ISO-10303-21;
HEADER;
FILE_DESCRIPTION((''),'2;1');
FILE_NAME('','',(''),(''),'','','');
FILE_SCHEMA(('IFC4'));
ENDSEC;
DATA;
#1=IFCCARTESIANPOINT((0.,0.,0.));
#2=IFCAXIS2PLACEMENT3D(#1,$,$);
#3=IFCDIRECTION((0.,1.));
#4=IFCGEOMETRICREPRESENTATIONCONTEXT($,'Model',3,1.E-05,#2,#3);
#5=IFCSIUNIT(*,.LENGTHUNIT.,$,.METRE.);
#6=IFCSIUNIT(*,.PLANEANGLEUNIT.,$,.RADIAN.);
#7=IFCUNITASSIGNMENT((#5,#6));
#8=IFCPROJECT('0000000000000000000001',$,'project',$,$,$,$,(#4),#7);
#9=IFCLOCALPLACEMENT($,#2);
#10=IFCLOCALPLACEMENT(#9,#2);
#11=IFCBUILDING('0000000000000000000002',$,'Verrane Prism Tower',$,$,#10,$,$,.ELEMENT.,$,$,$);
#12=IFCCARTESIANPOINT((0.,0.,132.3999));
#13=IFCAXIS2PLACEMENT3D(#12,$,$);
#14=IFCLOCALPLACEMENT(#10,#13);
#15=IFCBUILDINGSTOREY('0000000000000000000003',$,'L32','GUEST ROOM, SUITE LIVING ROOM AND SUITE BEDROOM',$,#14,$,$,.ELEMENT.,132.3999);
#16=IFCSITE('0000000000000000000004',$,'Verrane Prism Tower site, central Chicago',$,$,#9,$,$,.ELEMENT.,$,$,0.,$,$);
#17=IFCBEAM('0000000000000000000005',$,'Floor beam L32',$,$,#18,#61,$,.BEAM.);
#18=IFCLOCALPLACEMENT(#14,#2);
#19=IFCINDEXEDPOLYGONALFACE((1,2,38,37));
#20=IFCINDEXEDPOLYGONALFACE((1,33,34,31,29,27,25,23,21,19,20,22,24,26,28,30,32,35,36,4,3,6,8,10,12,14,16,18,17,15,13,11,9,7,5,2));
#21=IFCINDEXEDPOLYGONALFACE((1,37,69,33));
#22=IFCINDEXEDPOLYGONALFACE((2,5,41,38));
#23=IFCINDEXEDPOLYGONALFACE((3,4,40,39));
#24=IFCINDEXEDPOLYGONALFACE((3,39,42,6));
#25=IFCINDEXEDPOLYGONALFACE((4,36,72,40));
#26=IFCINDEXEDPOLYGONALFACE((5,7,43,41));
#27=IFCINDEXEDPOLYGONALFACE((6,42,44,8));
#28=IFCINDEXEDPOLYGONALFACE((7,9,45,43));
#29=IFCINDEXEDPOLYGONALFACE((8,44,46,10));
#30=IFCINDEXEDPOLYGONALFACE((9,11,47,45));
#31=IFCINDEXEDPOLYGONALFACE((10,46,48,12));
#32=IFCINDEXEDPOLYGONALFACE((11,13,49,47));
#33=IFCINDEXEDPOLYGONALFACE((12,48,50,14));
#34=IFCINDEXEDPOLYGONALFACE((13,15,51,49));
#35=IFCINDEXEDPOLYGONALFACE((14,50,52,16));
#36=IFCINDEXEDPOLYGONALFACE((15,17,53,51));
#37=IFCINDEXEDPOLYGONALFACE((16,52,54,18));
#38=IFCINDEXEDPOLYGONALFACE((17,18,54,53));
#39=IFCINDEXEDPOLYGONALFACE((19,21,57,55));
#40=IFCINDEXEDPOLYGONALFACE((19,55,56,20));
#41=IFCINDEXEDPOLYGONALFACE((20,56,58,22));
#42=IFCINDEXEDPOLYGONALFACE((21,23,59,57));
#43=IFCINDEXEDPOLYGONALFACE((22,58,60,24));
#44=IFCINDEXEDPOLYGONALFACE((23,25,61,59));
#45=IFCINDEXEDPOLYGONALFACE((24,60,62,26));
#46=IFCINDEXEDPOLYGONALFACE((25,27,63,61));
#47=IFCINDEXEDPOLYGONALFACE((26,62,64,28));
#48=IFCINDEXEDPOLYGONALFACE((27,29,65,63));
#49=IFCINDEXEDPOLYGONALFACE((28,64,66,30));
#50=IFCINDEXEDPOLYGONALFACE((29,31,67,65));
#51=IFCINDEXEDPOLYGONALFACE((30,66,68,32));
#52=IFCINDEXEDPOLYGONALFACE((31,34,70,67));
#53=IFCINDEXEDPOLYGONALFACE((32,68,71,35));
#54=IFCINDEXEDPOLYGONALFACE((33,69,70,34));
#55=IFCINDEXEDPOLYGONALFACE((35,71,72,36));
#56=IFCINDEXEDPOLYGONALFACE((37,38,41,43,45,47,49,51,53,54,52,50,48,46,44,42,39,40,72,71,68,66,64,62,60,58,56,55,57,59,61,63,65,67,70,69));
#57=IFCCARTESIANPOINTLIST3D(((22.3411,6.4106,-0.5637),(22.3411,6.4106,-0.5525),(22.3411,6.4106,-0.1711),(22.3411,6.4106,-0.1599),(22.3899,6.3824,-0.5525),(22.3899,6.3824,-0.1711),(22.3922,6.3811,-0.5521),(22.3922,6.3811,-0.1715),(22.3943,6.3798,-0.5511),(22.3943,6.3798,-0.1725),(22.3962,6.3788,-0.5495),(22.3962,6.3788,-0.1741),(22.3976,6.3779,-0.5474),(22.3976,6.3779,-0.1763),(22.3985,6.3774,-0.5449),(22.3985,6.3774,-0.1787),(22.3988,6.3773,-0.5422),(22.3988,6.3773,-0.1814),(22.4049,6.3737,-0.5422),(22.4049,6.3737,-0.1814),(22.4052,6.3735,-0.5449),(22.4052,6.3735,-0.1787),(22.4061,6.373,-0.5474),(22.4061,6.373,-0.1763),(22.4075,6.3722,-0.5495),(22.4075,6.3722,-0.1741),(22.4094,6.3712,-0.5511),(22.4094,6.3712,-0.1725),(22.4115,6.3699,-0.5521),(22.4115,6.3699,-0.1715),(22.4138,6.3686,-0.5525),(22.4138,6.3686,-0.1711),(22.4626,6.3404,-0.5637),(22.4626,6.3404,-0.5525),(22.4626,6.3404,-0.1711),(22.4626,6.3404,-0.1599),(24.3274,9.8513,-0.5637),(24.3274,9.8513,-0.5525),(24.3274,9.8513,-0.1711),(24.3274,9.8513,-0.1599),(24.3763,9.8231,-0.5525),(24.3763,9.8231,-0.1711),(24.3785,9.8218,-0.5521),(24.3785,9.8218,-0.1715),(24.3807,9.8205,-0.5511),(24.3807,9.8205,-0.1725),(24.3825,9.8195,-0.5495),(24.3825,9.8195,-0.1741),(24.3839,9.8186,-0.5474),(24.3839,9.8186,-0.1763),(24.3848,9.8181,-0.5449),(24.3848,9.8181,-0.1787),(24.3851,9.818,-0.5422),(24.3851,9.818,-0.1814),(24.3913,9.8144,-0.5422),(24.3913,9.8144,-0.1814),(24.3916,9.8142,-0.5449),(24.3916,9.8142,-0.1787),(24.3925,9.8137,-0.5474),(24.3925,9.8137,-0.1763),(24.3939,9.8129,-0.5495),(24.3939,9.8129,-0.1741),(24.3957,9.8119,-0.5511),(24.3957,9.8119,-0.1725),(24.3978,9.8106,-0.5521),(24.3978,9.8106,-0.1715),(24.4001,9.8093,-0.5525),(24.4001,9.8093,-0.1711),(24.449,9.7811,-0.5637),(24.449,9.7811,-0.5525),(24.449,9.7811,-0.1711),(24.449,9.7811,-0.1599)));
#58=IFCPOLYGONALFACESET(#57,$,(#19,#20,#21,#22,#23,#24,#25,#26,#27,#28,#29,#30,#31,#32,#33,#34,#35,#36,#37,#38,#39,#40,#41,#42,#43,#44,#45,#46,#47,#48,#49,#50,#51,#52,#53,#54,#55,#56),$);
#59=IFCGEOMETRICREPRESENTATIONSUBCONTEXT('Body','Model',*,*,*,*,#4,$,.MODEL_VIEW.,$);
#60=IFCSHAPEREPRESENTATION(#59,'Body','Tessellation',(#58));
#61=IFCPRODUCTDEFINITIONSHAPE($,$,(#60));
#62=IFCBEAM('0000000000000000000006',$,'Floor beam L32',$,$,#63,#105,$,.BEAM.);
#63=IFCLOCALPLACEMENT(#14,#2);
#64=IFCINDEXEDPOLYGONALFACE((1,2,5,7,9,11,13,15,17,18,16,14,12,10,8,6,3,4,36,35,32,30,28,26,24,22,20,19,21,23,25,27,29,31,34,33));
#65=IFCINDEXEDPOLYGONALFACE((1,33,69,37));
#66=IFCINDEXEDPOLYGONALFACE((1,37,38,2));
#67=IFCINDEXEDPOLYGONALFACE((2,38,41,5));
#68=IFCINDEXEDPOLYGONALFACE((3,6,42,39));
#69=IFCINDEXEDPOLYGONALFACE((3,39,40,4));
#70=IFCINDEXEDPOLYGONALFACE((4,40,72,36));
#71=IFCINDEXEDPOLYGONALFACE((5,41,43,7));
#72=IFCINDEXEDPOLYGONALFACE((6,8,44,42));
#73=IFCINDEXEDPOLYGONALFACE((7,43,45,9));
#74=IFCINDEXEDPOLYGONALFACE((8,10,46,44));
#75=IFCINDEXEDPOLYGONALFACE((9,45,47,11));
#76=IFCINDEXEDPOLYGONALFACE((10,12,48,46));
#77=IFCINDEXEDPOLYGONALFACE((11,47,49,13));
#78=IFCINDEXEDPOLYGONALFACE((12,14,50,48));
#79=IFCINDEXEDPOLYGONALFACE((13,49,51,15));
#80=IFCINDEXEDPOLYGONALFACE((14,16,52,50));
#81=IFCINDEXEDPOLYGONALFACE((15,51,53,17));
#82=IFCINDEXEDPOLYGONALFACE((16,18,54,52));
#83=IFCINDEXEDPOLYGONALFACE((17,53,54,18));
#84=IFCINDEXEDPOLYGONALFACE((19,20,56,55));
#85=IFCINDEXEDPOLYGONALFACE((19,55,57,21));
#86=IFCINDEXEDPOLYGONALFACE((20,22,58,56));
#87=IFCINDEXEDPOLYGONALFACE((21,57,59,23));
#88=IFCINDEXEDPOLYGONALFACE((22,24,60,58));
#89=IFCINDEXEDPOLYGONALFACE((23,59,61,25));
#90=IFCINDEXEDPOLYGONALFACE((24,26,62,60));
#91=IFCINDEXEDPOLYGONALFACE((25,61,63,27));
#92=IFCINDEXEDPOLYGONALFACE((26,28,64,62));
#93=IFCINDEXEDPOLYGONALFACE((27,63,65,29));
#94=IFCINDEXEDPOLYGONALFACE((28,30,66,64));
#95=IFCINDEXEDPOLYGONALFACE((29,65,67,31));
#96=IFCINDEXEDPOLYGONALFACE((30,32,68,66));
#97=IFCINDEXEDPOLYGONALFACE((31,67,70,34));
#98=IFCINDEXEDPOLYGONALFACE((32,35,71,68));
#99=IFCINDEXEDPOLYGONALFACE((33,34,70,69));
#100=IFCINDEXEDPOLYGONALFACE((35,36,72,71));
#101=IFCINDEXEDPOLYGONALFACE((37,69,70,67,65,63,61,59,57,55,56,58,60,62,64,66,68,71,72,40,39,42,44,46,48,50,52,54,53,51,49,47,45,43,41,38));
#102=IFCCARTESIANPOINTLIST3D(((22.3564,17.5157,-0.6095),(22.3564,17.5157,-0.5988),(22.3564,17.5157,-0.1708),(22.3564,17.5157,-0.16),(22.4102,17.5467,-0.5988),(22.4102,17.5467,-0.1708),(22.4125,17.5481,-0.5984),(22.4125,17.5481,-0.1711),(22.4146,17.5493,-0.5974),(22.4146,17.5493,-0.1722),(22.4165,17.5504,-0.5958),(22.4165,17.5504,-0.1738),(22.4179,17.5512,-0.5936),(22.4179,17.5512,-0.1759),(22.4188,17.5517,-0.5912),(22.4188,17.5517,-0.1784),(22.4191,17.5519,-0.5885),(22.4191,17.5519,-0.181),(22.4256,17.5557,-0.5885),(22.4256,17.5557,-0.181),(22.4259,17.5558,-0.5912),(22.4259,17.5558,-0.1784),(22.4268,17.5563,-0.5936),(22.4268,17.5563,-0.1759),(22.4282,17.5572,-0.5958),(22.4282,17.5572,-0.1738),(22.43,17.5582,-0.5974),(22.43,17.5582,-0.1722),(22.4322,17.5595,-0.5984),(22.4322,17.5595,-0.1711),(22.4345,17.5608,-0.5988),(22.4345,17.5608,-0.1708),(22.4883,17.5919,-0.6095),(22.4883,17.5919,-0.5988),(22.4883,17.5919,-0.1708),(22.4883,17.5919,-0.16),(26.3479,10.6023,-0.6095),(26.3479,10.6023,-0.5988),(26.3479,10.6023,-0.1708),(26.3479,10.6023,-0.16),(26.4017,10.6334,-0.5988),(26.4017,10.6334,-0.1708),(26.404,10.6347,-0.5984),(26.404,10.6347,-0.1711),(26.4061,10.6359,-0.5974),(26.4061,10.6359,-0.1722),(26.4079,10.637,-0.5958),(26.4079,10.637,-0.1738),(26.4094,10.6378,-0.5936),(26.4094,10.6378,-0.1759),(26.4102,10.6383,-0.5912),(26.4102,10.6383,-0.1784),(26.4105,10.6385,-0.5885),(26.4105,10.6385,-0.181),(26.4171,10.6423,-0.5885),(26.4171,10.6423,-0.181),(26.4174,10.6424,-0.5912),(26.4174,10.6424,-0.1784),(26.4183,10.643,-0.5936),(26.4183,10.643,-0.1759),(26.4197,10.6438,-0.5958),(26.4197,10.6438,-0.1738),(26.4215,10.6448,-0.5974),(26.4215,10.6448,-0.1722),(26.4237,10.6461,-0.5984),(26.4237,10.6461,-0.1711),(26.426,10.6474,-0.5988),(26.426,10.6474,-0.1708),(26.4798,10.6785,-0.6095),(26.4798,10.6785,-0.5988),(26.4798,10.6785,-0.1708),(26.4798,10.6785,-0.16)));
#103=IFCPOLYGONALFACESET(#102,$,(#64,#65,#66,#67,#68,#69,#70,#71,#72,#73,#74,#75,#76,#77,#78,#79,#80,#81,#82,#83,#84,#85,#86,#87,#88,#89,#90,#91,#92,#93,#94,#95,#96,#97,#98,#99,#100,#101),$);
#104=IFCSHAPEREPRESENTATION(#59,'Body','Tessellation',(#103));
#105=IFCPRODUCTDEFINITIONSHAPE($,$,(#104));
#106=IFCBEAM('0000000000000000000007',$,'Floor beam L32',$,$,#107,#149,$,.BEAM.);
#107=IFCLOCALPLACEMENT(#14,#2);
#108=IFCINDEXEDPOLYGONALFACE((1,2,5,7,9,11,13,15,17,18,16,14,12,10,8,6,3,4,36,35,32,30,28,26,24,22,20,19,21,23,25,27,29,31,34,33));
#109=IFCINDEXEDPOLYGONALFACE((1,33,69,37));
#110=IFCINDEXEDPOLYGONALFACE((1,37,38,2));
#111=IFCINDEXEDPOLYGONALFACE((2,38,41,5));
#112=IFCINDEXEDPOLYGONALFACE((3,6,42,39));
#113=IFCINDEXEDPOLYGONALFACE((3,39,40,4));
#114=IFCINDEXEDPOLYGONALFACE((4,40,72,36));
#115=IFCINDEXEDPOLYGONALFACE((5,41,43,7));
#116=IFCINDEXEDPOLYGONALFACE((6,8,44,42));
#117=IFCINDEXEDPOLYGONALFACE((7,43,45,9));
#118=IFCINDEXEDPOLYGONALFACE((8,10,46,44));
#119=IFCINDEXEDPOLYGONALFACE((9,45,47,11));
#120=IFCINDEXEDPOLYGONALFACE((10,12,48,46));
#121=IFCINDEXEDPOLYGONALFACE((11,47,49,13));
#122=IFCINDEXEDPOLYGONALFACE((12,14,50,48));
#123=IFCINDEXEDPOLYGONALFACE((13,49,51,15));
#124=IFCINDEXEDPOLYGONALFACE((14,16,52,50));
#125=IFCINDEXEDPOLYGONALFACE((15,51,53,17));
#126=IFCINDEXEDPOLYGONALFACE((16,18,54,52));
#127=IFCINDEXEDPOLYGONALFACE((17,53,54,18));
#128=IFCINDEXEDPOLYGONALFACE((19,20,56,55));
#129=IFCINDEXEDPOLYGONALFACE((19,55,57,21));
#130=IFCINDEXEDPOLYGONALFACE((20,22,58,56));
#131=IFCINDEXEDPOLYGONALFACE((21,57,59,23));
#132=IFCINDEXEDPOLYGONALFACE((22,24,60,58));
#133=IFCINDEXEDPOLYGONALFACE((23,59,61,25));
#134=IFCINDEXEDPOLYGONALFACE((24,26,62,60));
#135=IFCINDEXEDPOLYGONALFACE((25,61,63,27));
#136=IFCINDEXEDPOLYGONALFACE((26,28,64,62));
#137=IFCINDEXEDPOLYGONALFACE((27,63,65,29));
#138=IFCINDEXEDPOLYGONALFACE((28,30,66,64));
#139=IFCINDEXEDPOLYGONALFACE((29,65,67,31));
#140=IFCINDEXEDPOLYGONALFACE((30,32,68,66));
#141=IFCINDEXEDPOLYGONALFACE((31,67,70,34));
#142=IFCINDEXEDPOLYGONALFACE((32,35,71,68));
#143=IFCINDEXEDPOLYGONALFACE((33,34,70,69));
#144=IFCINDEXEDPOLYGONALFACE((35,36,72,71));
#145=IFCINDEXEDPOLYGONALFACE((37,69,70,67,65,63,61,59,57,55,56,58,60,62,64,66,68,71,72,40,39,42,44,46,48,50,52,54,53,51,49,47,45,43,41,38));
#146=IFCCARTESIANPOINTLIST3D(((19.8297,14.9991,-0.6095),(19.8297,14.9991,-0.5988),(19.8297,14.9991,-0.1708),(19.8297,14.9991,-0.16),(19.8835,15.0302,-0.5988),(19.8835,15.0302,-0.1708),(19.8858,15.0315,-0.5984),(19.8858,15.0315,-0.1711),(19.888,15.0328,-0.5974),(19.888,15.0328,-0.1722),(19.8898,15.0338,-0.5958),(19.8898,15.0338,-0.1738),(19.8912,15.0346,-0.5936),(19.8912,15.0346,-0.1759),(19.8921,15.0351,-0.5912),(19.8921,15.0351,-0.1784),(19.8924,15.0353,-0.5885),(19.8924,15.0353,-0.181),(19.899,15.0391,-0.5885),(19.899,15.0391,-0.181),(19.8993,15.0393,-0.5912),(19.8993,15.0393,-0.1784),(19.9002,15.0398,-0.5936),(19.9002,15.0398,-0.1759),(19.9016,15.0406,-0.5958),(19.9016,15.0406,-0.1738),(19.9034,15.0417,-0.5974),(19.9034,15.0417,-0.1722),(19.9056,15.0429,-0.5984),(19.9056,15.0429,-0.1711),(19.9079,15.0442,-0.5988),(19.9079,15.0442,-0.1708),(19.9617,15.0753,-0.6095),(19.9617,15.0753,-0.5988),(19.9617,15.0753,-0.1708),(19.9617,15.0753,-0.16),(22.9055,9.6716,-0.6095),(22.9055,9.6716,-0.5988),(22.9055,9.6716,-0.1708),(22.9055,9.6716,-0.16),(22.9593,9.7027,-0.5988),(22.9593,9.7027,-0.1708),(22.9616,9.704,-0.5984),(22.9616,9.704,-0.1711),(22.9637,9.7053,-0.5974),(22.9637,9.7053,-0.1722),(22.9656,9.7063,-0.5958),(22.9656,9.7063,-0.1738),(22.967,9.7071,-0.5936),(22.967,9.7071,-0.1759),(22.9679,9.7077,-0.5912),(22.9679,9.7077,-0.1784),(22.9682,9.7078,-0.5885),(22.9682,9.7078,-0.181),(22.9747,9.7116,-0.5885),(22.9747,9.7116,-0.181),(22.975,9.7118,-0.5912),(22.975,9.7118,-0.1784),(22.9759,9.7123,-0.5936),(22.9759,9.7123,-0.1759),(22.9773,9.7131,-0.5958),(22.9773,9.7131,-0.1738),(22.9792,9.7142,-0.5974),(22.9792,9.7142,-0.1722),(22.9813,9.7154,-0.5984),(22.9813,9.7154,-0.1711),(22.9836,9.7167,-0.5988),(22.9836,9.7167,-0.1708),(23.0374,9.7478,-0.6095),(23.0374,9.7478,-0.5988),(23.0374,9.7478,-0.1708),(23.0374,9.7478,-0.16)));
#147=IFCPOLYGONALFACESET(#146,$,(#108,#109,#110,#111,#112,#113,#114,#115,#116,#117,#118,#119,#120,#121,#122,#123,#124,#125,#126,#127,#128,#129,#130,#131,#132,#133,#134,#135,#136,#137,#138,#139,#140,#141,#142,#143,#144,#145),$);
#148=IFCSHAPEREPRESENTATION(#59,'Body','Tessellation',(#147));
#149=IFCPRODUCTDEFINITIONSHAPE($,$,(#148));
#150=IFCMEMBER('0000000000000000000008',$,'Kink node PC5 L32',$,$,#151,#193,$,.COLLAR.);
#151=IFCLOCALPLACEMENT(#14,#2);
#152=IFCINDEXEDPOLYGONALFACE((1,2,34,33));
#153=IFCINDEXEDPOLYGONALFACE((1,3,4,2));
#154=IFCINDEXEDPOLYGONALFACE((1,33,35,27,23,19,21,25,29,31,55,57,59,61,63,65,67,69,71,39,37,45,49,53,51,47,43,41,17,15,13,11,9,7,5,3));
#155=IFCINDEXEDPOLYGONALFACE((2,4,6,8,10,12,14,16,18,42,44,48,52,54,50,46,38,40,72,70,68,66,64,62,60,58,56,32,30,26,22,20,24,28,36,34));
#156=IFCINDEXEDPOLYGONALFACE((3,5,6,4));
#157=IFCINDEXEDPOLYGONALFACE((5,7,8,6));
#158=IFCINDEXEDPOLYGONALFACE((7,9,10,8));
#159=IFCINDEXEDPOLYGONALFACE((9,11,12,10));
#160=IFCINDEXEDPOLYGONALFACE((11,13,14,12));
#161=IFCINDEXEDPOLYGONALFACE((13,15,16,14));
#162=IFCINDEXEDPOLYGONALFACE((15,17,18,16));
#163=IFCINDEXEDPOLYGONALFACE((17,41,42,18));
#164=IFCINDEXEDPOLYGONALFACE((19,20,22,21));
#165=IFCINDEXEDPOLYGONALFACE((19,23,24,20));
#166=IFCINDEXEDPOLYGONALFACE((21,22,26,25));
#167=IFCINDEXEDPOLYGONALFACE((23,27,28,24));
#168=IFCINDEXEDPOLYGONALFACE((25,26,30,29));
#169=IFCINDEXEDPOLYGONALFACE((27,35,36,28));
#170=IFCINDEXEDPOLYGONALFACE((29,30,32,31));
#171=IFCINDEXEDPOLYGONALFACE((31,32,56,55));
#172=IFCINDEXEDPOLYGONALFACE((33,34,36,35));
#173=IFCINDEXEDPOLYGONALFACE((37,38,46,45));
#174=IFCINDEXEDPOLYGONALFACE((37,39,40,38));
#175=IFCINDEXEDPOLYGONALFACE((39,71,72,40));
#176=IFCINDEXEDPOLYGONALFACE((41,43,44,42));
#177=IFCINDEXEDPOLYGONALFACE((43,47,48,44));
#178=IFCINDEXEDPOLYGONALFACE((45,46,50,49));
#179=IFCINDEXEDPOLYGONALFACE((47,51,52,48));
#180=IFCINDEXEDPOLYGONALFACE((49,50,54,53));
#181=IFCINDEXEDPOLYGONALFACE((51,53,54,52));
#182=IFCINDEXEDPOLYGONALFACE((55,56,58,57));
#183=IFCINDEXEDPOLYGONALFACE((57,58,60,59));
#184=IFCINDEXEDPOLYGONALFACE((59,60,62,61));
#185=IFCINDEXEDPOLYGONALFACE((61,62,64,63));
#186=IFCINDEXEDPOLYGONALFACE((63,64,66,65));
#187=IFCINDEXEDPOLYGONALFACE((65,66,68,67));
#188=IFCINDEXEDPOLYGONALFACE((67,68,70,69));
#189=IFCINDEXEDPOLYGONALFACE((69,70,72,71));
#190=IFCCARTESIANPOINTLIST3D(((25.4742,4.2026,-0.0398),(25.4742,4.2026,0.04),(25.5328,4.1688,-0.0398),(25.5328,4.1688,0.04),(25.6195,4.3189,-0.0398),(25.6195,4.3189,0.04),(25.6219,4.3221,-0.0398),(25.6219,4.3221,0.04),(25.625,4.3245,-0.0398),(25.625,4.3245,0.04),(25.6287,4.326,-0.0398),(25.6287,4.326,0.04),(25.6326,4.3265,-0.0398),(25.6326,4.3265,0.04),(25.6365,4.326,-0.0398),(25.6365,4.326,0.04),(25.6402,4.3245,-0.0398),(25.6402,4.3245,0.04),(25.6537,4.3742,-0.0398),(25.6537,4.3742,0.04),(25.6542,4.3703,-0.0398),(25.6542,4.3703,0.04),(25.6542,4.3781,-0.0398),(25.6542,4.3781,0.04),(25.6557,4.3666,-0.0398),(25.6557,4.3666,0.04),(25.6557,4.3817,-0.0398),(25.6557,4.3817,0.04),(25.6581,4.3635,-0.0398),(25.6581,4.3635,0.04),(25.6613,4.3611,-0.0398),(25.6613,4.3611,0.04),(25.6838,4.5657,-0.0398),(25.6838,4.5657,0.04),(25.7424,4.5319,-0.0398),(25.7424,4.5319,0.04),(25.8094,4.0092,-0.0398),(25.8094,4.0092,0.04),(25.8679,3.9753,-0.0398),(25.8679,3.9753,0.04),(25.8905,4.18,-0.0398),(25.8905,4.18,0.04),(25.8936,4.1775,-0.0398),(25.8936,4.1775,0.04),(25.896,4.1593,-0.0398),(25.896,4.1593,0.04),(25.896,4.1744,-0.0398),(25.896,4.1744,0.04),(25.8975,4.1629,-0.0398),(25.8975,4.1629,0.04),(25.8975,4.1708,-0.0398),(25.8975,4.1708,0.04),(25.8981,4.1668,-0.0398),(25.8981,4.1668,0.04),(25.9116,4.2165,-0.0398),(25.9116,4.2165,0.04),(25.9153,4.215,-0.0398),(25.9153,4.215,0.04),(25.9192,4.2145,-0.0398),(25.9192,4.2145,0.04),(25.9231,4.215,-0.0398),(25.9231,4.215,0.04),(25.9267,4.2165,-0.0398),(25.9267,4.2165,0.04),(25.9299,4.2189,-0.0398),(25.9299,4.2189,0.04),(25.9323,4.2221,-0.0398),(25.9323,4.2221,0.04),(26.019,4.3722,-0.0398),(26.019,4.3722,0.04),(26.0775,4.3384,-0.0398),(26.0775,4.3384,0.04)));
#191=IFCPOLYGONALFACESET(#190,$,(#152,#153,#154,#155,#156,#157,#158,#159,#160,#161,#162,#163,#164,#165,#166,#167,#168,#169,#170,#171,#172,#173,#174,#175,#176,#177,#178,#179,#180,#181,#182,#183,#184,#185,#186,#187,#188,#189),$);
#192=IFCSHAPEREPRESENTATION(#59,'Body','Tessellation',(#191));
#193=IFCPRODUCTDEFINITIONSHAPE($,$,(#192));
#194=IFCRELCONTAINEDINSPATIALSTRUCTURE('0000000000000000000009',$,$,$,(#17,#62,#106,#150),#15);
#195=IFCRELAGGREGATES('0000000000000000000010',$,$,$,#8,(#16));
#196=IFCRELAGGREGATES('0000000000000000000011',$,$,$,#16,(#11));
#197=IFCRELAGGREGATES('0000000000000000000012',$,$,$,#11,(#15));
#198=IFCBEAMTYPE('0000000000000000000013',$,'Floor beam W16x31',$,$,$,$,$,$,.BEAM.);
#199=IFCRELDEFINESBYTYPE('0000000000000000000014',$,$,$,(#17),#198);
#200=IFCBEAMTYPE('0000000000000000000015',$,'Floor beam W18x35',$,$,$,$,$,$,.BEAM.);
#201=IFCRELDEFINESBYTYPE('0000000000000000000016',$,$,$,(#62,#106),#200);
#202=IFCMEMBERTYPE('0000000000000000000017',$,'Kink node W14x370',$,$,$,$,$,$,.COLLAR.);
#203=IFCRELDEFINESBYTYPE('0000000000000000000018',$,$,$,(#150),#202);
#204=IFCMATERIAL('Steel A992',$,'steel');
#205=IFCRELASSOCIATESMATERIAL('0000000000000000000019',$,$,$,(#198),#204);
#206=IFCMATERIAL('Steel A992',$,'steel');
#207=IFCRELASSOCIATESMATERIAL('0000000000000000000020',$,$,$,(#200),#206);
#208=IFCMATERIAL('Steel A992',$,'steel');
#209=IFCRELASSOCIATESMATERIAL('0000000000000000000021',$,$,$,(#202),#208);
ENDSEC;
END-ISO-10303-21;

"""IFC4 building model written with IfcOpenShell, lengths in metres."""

from ifc_helpers import new_model, si_unit, direction, frame, origin, origin_2d, place, context, subcontext, project, spatial, i_section, extrude, material, material_profile, profile_set, type_object, element, save


model = new_model("IFC4")

# Units and contexts
model_context = context("Model", 3, precision=1e-05, world=origin(), true_north=direction((0.0, 1.0)))
body_context = subcontext(model_context, "Body", "Model", "MODEL_VIEW")
ifc_project = project(units=[si_unit("LENGTHUNIT", "METRE"), si_unit("PLANEANGLEUNIT", "RADIAN")], contexts=[model_context])

# Site, building, storey
site_placement = place(None, origin())
site = spatial("IfcSite", under=ifc_project, at=site_placement, Name="Verrane Prism Tower site, central Chicago", CompositionType="ELEMENT", RefElevation=0.0)
building_placement = place(site_placement, origin())
building = spatial("IfcBuilding", under=site, at=building_placement, Name="Verrane Prism Tower", CompositionType="ELEMENT")
storey_placement = place(building_placement, frame((0.0, 0.0, 132.3999)))
storey = spatial("IfcBuildingStorey", under=building, at=storey_placement, Name="L32", Description="GUEST ROOM, SUITE LIVING ROOM AND SUITE BEDROOM", CompositionType="ELEMENT", Elevation=132.3999)

# Beams
ifc_material_1 = material(Name="Steel A992", Category="steel")
ifc_material_profile_1 = material_profile(ifc_material_1, i_section(OverallWidth=0.1404, OverallDepth=0.4038, WebThickness=0.0071, FlangeThickness=0.0112, FilletRadius=0.0103, at=origin_2d()), Name="W16x31")
ifc_profile_set_1 = profile_set([ifc_material_profile_1], Name="Steel A992")
beam_type_1 = type_object("IfcBeamType", Name="Floor beam W16x31", PredefinedType="BEAM", material=ifc_profile_set_1)
beam_1_placement = place(storey_placement, frame((22.4019, 6.3755, -0.3618), z_axis=(0.499972, 0.866041, 0.0), x_axis=(-0.866041, 0.499972, 0.0)))
element("IfcBeam", 1, at=beam_1_placement, inside=storey, type_object=beam_type_1, Name="Floor beam L32", PredefinedType="BEAM", context=body_context, shape_type="SweptSolid", body=[
    extrude(i_section(OverallWidth=0.1404, OverallDepth=0.4038, WebThickness=0.0071, FlangeThickness=0.0112, FilletRadius=0.0103, at=origin_2d()), origin(), (0.0, 0.0, 1.0), 3.9729),
])
ifc_material_2 = material(Name="Steel A992", Category="steel")
ifc_material_profile_2 = material_profile(ifc_material_2, i_section(OverallWidth=0.1523, OverallDepth=0.4495, WebThickness=0.0076, FlangeThickness=0.0107, FilletRadius=0.0103, at=origin_2d()), Name="W18x35")
ifc_profile_set_2 = profile_set([ifc_material_profile_2], Name="Steel A992")
beam_type_2 = type_object("IfcBeamType", Name="Floor beam W18x35", PredefinedType="BEAM", material=ifc_profile_set_2)
beam_2_placement = place(storey_placement, frame((26.4138, 10.6404, -0.3848), z_axis=(-0.500004, 0.866023, 0.0), x_axis=(-0.866023, -0.500004, 0.0)))
element("IfcBeam", 2, at=beam_2_placement, inside=storey, type_object=beam_type_2, Name="Floor beam L32", PredefinedType="BEAM", context=body_context, shape_type="SweptSolid", body=[
    extrude(i_section(OverallWidth=0.1523, OverallDepth=0.4495, WebThickness=0.0076, FlangeThickness=0.0107, FilletRadius=0.0103, at=origin_2d()), origin(), (0.0, 0.0, 1.0), 7.9829),
])
beam_3_placement = place(storey_placement, frame((22.9714, 9.7097, -0.3848), z_axis=(-0.499989, 0.866032, 0.0), x_axis=(-0.866032, -0.499989, 0.0)))
element("IfcBeam", 3, at=beam_3_placement, inside=storey, type_object=beam_type_2, Name="Floor beam L32", PredefinedType="BEAM", context=body_context, shape_type="SweptSolid", body=[
    extrude(i_section(OverallWidth=0.1523, OverallDepth=0.4495, WebThickness=0.0076, FlangeThickness=0.0107, FilletRadius=0.0103, at=origin_2d()), origin(), (0.0, 0.0, 1.0), 6.1516),
])

# Member
ifc_material_3 = material(Name="Steel A992", Category="steel")
ifc_material_profile_3 = material_profile(ifc_material_3, i_section(OverallWidth=0.4192, OverallDepth=0.4546, WebThickness=0.0422, FlangeThickness=0.0676, FilletRadius=0.0151, at=origin_2d()), Name="W14x370")
ifc_profile_set_3 = profile_set([ifc_material_profile_3], Name="Steel A992")
member_type_1 = type_object("IfcMemberType", Name="Kink node W14x370", PredefinedType="COLLAR", material=ifc_profile_set_3)
member_1_placement = place(storey_placement, frame((25.7759, 4.2705, -0.0398), z_axis=(0.0, 0.0, 1.0), x_axis=(-0.5, -0.866025, 0.0)))
element("IfcMember", 4, at=member_1_placement, inside=storey, type_object=member_type_1, Name="Kink node PC5 L32", PredefinedType="COLLAR", context=body_context, shape_type="SweptSolid", body=[
    extrude(i_section(OverallWidth=0.4192, OverallDepth=0.4546, WebThickness=0.0422, FlangeThickness=0.0676, FilletRadius=0.0151, at=origin_2d()), origin(), (0.0, 0.0, 1.0), 0.0798),
])

save(model, "model.ifc")
